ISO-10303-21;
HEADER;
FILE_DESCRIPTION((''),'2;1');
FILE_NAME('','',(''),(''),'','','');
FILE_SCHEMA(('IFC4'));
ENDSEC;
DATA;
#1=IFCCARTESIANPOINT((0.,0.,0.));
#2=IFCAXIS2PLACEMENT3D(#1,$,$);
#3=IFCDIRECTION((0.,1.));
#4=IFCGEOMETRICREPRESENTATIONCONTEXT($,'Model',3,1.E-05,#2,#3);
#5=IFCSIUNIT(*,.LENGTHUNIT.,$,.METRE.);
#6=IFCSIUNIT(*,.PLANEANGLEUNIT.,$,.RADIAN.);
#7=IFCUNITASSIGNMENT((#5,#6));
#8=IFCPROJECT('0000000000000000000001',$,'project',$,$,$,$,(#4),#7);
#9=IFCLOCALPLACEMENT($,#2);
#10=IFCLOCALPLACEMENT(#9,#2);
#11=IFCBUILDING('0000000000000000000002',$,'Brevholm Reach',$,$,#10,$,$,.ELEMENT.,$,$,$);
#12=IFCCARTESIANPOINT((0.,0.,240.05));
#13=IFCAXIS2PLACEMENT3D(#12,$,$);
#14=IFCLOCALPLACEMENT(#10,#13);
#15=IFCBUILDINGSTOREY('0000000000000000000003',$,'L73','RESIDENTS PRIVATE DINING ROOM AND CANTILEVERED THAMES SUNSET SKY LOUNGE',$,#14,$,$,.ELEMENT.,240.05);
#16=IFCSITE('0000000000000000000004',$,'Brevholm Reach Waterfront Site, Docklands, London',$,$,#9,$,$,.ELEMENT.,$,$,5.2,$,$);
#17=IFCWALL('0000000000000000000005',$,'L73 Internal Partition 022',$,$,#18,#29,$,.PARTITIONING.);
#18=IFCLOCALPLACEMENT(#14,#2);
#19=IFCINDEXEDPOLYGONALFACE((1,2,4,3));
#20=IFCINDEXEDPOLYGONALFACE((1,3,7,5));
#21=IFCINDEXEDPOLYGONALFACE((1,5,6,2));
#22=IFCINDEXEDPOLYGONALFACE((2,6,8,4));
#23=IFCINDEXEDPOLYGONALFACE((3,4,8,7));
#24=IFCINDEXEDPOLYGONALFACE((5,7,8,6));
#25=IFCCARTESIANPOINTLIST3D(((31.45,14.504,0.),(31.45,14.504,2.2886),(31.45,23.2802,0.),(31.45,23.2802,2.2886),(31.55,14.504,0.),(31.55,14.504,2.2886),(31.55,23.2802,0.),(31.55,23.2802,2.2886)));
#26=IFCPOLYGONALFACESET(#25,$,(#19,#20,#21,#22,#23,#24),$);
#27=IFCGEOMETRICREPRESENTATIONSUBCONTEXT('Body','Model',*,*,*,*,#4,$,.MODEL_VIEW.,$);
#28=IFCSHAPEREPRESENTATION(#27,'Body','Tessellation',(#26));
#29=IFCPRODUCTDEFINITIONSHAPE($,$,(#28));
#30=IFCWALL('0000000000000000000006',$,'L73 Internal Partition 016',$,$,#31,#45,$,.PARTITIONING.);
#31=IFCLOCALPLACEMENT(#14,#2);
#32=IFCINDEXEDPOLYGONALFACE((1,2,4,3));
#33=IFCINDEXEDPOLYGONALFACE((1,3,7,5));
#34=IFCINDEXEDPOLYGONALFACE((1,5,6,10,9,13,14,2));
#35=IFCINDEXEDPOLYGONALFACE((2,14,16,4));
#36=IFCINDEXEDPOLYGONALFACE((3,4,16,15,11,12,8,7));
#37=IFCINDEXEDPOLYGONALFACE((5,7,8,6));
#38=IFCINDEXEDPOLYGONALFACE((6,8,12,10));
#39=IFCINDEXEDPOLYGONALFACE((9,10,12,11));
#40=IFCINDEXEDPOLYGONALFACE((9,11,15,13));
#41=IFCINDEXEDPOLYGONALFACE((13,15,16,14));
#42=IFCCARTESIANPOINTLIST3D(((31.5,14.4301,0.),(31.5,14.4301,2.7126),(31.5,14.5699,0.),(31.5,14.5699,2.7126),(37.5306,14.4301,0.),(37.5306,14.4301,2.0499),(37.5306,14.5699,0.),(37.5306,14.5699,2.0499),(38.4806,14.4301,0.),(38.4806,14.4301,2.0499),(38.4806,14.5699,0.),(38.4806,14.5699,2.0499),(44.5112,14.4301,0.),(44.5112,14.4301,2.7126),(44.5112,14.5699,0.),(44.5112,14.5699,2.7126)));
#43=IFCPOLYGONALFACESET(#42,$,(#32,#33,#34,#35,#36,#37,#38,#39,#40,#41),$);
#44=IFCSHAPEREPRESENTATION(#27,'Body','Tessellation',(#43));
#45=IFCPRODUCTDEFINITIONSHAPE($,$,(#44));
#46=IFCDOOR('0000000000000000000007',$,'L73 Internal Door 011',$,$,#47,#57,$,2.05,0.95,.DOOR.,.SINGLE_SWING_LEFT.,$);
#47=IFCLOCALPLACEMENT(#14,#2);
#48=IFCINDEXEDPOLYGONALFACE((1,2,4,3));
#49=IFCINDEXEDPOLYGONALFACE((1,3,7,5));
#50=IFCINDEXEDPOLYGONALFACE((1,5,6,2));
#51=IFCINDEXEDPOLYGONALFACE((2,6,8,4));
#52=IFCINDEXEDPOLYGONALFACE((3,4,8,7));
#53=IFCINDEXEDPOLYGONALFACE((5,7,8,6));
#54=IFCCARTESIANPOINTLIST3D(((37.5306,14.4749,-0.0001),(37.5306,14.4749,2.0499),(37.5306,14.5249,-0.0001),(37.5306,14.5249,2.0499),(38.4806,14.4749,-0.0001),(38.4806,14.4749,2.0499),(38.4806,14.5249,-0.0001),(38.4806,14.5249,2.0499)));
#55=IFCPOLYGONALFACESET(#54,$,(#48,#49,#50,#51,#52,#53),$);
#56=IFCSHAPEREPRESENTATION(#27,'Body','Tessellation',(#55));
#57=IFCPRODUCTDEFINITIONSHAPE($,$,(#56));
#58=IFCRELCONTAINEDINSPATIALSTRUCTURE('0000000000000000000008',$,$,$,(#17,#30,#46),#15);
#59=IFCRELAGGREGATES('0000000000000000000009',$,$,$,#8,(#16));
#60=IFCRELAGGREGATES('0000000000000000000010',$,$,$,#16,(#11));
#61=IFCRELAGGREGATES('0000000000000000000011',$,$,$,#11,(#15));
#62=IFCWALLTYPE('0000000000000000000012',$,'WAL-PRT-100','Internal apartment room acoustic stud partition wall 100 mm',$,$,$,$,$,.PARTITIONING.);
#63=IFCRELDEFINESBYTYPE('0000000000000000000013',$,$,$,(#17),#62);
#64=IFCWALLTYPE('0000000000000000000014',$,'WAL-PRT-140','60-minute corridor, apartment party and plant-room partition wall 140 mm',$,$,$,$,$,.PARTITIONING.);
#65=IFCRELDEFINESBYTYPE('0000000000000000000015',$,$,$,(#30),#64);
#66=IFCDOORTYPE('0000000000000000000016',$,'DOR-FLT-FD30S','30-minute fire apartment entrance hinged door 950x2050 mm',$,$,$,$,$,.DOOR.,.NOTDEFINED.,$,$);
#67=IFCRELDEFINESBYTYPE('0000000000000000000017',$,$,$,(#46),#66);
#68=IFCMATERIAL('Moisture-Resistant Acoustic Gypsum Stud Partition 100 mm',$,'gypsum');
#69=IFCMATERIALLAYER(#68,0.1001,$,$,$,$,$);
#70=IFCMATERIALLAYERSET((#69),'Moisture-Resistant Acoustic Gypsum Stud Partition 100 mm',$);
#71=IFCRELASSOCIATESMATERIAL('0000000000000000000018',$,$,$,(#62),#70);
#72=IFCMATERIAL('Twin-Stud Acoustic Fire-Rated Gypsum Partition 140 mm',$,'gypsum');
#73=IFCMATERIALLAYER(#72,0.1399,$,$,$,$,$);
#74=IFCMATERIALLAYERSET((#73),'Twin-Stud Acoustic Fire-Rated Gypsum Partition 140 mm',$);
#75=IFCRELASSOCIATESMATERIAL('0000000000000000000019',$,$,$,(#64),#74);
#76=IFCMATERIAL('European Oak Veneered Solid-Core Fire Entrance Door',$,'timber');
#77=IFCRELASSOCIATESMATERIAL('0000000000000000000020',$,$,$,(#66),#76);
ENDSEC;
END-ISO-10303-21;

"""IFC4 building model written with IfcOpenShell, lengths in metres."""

from ifc_helpers import new_model, si_unit, direction, frame, frame_2d, origin, place, context, subcontext, project, spatial, rectangle, extrude, material, layer, layer_set, type_object, element, fill, save


model = new_model("IFC4")

# Units and contexts
model_context = context("Model", 3, precision=1e-05, world=origin(), true_north=direction((0.0, 1.0)))
body_context = subcontext(model_context, "Body", "Model", "MODEL_VIEW")
ifc_project = project(units=[si_unit("LENGTHUNIT", "METRE"), si_unit("PLANEANGLEUNIT", "RADIAN")], contexts=[model_context])

# Site, building, storey
site_placement = place(None, origin())
site = spatial("IfcSite", under=ifc_project, at=site_placement, Name="Brevholm Reach Waterfront Site, Docklands, London", CompositionType="ELEMENT", RefElevation=5.2)
building_placement = place(site_placement, origin())
building = spatial("IfcBuilding", under=site, at=building_placement, Name="Brevholm Reach", CompositionType="ELEMENT")
storey_placement = place(building_placement, frame((0.0, 0.0, 240.05)))
storey = spatial("IfcBuildingStorey", under=building, at=storey_placement, Name="L73", Description="RESIDENTS PRIVATE DINING ROOM AND CANTILEVERED THAMES SUNSET SKY LOUNGE", CompositionType="ELEMENT", Elevation=240.05)

# Wall
ifc_material_1 = material(Name="Moisture-Resistant Acoustic Gypsum Stud Partition 100 mm", Category="gypsum")
ifc_layer_1 = layer(ifc_material_1, 0.1001)
ifc_layer_set_1 = layer_set([ifc_layer_1], Name="Moisture-Resistant Acoustic Gypsum Stud Partition 100 mm")
wall_type_1 = type_object("IfcWallType", Name="WAL-PRT-100", Description="Internal apartment room acoustic stud partition wall 100 mm", PredefinedType="PARTITIONING", material=ifc_layer_set_1)
wall_1_placement = place(storey_placement, frame((31.5, 14.5039, 0.0), z_axis=(0.0, 0.0, 1.0), x_axis=(0.0, 1.0, 0.0)))
element("IfcWall", 1, at=wall_1_placement, inside=storey, type_object=wall_type_1, Name="L73 Internal Partition 022", PredefinedType="PARTITIONING", context=body_context, shape_type="SweptSolid", body=[
    extrude(rectangle(XDim=8.7761, YDim=0.1001, at=frame_2d((4.3882, 0.0))), origin(), (0.0, 0.0, 1.0), 2.2886),
])

# Wall, opening, door
ifc_material_2 = material(Name="Twin-Stud Acoustic Fire-Rated Gypsum Partition 140 mm", Category="gypsum")
ifc_layer_2 = layer(ifc_material_2, 0.1399)
ifc_layer_set_2 = layer_set([ifc_layer_2], Name="Twin-Stud Acoustic Fire-Rated Gypsum Partition 140 mm")
wall_type_2 = type_object("IfcWallType", Name="WAL-PRT-140", Description="60-minute corridor, apartment party and plant-room partition wall 140 mm", PredefinedType="PARTITIONING", material=ifc_layer_set_2)
wall_2_placement = place(storey_placement, frame((31.5, 14.5, 0.0), z_axis=(0.0, 0.0, 1.0), x_axis=(1.0, 0.0, 0.0)))
wall_2 = element("IfcWall", 2, at=wall_2_placement, inside=storey, type_object=wall_type_2, Name="L73 Internal Partition 016", PredefinedType="PARTITIONING", context=body_context, shape_type="SweptSolid", body=[
    extrude(rectangle(XDim=13.0112, YDim=0.1399, at=frame_2d((6.5056, 0.0))), origin(), (0.0, 0.0, 1.0), 2.7126),
])
opening_1_placement = place(wall_2_placement, frame((6.0305, 0.0, 0.0)))
opening_1 = element("IfcOpeningElement", 3, at=opening_1_placement, cuts=wall_2, PredefinedType="OPENING", context=body_context, shape_type="SweptSolid", body=[
    extrude(rectangle(XDim=0.95, YDim=2.05, at=frame_2d((0.4751, 1.0249))), frame((0.0, 0.0798, 0.0), z_axis=(0.0, -1.0, 0.0), x_axis=(1.0, 0.0, 0.0)), (0.0, 0.0, 1.0), 0.1599),
])
ifc_material_3 = material(Name="European Oak Veneered Solid-Core Fire Entrance Door", Category="timber")
door_type_1 = type_object("IfcDoorType", Name="DOR-FLT-FD30S", Description="30-minute fire apartment entrance hinged door 950x2050 mm", OperationType="NOTDEFINED", PredefinedType="DOOR", material=ifc_material_3)
door_1_placement = place(opening_1_placement, origin())
door_1 = element("IfcDoor", 4, at=door_1_placement, inside=storey, type_object=door_type_1, Name="L73 Internal Door 011", OperationType="SINGLE_SWING_LEFT", OverallHeight=2.05, OverallWidth=0.95, PredefinedType="DOOR", context=body_context, shape_type="SweptSolid", body=[
    extrude(rectangle(XDim=0.95, YDim=2.05, at=frame_2d((0.4751, 1.0249))), frame((0.0, 0.0249, 0.0), z_axis=(0.0, -1.0, 0.0), x_axis=(1.0, 0.0, 0.0)), (0.0, 0.0, 1.0), 0.05),
])
fill(opening_1, door_1)

save(model, "model.ifc")
